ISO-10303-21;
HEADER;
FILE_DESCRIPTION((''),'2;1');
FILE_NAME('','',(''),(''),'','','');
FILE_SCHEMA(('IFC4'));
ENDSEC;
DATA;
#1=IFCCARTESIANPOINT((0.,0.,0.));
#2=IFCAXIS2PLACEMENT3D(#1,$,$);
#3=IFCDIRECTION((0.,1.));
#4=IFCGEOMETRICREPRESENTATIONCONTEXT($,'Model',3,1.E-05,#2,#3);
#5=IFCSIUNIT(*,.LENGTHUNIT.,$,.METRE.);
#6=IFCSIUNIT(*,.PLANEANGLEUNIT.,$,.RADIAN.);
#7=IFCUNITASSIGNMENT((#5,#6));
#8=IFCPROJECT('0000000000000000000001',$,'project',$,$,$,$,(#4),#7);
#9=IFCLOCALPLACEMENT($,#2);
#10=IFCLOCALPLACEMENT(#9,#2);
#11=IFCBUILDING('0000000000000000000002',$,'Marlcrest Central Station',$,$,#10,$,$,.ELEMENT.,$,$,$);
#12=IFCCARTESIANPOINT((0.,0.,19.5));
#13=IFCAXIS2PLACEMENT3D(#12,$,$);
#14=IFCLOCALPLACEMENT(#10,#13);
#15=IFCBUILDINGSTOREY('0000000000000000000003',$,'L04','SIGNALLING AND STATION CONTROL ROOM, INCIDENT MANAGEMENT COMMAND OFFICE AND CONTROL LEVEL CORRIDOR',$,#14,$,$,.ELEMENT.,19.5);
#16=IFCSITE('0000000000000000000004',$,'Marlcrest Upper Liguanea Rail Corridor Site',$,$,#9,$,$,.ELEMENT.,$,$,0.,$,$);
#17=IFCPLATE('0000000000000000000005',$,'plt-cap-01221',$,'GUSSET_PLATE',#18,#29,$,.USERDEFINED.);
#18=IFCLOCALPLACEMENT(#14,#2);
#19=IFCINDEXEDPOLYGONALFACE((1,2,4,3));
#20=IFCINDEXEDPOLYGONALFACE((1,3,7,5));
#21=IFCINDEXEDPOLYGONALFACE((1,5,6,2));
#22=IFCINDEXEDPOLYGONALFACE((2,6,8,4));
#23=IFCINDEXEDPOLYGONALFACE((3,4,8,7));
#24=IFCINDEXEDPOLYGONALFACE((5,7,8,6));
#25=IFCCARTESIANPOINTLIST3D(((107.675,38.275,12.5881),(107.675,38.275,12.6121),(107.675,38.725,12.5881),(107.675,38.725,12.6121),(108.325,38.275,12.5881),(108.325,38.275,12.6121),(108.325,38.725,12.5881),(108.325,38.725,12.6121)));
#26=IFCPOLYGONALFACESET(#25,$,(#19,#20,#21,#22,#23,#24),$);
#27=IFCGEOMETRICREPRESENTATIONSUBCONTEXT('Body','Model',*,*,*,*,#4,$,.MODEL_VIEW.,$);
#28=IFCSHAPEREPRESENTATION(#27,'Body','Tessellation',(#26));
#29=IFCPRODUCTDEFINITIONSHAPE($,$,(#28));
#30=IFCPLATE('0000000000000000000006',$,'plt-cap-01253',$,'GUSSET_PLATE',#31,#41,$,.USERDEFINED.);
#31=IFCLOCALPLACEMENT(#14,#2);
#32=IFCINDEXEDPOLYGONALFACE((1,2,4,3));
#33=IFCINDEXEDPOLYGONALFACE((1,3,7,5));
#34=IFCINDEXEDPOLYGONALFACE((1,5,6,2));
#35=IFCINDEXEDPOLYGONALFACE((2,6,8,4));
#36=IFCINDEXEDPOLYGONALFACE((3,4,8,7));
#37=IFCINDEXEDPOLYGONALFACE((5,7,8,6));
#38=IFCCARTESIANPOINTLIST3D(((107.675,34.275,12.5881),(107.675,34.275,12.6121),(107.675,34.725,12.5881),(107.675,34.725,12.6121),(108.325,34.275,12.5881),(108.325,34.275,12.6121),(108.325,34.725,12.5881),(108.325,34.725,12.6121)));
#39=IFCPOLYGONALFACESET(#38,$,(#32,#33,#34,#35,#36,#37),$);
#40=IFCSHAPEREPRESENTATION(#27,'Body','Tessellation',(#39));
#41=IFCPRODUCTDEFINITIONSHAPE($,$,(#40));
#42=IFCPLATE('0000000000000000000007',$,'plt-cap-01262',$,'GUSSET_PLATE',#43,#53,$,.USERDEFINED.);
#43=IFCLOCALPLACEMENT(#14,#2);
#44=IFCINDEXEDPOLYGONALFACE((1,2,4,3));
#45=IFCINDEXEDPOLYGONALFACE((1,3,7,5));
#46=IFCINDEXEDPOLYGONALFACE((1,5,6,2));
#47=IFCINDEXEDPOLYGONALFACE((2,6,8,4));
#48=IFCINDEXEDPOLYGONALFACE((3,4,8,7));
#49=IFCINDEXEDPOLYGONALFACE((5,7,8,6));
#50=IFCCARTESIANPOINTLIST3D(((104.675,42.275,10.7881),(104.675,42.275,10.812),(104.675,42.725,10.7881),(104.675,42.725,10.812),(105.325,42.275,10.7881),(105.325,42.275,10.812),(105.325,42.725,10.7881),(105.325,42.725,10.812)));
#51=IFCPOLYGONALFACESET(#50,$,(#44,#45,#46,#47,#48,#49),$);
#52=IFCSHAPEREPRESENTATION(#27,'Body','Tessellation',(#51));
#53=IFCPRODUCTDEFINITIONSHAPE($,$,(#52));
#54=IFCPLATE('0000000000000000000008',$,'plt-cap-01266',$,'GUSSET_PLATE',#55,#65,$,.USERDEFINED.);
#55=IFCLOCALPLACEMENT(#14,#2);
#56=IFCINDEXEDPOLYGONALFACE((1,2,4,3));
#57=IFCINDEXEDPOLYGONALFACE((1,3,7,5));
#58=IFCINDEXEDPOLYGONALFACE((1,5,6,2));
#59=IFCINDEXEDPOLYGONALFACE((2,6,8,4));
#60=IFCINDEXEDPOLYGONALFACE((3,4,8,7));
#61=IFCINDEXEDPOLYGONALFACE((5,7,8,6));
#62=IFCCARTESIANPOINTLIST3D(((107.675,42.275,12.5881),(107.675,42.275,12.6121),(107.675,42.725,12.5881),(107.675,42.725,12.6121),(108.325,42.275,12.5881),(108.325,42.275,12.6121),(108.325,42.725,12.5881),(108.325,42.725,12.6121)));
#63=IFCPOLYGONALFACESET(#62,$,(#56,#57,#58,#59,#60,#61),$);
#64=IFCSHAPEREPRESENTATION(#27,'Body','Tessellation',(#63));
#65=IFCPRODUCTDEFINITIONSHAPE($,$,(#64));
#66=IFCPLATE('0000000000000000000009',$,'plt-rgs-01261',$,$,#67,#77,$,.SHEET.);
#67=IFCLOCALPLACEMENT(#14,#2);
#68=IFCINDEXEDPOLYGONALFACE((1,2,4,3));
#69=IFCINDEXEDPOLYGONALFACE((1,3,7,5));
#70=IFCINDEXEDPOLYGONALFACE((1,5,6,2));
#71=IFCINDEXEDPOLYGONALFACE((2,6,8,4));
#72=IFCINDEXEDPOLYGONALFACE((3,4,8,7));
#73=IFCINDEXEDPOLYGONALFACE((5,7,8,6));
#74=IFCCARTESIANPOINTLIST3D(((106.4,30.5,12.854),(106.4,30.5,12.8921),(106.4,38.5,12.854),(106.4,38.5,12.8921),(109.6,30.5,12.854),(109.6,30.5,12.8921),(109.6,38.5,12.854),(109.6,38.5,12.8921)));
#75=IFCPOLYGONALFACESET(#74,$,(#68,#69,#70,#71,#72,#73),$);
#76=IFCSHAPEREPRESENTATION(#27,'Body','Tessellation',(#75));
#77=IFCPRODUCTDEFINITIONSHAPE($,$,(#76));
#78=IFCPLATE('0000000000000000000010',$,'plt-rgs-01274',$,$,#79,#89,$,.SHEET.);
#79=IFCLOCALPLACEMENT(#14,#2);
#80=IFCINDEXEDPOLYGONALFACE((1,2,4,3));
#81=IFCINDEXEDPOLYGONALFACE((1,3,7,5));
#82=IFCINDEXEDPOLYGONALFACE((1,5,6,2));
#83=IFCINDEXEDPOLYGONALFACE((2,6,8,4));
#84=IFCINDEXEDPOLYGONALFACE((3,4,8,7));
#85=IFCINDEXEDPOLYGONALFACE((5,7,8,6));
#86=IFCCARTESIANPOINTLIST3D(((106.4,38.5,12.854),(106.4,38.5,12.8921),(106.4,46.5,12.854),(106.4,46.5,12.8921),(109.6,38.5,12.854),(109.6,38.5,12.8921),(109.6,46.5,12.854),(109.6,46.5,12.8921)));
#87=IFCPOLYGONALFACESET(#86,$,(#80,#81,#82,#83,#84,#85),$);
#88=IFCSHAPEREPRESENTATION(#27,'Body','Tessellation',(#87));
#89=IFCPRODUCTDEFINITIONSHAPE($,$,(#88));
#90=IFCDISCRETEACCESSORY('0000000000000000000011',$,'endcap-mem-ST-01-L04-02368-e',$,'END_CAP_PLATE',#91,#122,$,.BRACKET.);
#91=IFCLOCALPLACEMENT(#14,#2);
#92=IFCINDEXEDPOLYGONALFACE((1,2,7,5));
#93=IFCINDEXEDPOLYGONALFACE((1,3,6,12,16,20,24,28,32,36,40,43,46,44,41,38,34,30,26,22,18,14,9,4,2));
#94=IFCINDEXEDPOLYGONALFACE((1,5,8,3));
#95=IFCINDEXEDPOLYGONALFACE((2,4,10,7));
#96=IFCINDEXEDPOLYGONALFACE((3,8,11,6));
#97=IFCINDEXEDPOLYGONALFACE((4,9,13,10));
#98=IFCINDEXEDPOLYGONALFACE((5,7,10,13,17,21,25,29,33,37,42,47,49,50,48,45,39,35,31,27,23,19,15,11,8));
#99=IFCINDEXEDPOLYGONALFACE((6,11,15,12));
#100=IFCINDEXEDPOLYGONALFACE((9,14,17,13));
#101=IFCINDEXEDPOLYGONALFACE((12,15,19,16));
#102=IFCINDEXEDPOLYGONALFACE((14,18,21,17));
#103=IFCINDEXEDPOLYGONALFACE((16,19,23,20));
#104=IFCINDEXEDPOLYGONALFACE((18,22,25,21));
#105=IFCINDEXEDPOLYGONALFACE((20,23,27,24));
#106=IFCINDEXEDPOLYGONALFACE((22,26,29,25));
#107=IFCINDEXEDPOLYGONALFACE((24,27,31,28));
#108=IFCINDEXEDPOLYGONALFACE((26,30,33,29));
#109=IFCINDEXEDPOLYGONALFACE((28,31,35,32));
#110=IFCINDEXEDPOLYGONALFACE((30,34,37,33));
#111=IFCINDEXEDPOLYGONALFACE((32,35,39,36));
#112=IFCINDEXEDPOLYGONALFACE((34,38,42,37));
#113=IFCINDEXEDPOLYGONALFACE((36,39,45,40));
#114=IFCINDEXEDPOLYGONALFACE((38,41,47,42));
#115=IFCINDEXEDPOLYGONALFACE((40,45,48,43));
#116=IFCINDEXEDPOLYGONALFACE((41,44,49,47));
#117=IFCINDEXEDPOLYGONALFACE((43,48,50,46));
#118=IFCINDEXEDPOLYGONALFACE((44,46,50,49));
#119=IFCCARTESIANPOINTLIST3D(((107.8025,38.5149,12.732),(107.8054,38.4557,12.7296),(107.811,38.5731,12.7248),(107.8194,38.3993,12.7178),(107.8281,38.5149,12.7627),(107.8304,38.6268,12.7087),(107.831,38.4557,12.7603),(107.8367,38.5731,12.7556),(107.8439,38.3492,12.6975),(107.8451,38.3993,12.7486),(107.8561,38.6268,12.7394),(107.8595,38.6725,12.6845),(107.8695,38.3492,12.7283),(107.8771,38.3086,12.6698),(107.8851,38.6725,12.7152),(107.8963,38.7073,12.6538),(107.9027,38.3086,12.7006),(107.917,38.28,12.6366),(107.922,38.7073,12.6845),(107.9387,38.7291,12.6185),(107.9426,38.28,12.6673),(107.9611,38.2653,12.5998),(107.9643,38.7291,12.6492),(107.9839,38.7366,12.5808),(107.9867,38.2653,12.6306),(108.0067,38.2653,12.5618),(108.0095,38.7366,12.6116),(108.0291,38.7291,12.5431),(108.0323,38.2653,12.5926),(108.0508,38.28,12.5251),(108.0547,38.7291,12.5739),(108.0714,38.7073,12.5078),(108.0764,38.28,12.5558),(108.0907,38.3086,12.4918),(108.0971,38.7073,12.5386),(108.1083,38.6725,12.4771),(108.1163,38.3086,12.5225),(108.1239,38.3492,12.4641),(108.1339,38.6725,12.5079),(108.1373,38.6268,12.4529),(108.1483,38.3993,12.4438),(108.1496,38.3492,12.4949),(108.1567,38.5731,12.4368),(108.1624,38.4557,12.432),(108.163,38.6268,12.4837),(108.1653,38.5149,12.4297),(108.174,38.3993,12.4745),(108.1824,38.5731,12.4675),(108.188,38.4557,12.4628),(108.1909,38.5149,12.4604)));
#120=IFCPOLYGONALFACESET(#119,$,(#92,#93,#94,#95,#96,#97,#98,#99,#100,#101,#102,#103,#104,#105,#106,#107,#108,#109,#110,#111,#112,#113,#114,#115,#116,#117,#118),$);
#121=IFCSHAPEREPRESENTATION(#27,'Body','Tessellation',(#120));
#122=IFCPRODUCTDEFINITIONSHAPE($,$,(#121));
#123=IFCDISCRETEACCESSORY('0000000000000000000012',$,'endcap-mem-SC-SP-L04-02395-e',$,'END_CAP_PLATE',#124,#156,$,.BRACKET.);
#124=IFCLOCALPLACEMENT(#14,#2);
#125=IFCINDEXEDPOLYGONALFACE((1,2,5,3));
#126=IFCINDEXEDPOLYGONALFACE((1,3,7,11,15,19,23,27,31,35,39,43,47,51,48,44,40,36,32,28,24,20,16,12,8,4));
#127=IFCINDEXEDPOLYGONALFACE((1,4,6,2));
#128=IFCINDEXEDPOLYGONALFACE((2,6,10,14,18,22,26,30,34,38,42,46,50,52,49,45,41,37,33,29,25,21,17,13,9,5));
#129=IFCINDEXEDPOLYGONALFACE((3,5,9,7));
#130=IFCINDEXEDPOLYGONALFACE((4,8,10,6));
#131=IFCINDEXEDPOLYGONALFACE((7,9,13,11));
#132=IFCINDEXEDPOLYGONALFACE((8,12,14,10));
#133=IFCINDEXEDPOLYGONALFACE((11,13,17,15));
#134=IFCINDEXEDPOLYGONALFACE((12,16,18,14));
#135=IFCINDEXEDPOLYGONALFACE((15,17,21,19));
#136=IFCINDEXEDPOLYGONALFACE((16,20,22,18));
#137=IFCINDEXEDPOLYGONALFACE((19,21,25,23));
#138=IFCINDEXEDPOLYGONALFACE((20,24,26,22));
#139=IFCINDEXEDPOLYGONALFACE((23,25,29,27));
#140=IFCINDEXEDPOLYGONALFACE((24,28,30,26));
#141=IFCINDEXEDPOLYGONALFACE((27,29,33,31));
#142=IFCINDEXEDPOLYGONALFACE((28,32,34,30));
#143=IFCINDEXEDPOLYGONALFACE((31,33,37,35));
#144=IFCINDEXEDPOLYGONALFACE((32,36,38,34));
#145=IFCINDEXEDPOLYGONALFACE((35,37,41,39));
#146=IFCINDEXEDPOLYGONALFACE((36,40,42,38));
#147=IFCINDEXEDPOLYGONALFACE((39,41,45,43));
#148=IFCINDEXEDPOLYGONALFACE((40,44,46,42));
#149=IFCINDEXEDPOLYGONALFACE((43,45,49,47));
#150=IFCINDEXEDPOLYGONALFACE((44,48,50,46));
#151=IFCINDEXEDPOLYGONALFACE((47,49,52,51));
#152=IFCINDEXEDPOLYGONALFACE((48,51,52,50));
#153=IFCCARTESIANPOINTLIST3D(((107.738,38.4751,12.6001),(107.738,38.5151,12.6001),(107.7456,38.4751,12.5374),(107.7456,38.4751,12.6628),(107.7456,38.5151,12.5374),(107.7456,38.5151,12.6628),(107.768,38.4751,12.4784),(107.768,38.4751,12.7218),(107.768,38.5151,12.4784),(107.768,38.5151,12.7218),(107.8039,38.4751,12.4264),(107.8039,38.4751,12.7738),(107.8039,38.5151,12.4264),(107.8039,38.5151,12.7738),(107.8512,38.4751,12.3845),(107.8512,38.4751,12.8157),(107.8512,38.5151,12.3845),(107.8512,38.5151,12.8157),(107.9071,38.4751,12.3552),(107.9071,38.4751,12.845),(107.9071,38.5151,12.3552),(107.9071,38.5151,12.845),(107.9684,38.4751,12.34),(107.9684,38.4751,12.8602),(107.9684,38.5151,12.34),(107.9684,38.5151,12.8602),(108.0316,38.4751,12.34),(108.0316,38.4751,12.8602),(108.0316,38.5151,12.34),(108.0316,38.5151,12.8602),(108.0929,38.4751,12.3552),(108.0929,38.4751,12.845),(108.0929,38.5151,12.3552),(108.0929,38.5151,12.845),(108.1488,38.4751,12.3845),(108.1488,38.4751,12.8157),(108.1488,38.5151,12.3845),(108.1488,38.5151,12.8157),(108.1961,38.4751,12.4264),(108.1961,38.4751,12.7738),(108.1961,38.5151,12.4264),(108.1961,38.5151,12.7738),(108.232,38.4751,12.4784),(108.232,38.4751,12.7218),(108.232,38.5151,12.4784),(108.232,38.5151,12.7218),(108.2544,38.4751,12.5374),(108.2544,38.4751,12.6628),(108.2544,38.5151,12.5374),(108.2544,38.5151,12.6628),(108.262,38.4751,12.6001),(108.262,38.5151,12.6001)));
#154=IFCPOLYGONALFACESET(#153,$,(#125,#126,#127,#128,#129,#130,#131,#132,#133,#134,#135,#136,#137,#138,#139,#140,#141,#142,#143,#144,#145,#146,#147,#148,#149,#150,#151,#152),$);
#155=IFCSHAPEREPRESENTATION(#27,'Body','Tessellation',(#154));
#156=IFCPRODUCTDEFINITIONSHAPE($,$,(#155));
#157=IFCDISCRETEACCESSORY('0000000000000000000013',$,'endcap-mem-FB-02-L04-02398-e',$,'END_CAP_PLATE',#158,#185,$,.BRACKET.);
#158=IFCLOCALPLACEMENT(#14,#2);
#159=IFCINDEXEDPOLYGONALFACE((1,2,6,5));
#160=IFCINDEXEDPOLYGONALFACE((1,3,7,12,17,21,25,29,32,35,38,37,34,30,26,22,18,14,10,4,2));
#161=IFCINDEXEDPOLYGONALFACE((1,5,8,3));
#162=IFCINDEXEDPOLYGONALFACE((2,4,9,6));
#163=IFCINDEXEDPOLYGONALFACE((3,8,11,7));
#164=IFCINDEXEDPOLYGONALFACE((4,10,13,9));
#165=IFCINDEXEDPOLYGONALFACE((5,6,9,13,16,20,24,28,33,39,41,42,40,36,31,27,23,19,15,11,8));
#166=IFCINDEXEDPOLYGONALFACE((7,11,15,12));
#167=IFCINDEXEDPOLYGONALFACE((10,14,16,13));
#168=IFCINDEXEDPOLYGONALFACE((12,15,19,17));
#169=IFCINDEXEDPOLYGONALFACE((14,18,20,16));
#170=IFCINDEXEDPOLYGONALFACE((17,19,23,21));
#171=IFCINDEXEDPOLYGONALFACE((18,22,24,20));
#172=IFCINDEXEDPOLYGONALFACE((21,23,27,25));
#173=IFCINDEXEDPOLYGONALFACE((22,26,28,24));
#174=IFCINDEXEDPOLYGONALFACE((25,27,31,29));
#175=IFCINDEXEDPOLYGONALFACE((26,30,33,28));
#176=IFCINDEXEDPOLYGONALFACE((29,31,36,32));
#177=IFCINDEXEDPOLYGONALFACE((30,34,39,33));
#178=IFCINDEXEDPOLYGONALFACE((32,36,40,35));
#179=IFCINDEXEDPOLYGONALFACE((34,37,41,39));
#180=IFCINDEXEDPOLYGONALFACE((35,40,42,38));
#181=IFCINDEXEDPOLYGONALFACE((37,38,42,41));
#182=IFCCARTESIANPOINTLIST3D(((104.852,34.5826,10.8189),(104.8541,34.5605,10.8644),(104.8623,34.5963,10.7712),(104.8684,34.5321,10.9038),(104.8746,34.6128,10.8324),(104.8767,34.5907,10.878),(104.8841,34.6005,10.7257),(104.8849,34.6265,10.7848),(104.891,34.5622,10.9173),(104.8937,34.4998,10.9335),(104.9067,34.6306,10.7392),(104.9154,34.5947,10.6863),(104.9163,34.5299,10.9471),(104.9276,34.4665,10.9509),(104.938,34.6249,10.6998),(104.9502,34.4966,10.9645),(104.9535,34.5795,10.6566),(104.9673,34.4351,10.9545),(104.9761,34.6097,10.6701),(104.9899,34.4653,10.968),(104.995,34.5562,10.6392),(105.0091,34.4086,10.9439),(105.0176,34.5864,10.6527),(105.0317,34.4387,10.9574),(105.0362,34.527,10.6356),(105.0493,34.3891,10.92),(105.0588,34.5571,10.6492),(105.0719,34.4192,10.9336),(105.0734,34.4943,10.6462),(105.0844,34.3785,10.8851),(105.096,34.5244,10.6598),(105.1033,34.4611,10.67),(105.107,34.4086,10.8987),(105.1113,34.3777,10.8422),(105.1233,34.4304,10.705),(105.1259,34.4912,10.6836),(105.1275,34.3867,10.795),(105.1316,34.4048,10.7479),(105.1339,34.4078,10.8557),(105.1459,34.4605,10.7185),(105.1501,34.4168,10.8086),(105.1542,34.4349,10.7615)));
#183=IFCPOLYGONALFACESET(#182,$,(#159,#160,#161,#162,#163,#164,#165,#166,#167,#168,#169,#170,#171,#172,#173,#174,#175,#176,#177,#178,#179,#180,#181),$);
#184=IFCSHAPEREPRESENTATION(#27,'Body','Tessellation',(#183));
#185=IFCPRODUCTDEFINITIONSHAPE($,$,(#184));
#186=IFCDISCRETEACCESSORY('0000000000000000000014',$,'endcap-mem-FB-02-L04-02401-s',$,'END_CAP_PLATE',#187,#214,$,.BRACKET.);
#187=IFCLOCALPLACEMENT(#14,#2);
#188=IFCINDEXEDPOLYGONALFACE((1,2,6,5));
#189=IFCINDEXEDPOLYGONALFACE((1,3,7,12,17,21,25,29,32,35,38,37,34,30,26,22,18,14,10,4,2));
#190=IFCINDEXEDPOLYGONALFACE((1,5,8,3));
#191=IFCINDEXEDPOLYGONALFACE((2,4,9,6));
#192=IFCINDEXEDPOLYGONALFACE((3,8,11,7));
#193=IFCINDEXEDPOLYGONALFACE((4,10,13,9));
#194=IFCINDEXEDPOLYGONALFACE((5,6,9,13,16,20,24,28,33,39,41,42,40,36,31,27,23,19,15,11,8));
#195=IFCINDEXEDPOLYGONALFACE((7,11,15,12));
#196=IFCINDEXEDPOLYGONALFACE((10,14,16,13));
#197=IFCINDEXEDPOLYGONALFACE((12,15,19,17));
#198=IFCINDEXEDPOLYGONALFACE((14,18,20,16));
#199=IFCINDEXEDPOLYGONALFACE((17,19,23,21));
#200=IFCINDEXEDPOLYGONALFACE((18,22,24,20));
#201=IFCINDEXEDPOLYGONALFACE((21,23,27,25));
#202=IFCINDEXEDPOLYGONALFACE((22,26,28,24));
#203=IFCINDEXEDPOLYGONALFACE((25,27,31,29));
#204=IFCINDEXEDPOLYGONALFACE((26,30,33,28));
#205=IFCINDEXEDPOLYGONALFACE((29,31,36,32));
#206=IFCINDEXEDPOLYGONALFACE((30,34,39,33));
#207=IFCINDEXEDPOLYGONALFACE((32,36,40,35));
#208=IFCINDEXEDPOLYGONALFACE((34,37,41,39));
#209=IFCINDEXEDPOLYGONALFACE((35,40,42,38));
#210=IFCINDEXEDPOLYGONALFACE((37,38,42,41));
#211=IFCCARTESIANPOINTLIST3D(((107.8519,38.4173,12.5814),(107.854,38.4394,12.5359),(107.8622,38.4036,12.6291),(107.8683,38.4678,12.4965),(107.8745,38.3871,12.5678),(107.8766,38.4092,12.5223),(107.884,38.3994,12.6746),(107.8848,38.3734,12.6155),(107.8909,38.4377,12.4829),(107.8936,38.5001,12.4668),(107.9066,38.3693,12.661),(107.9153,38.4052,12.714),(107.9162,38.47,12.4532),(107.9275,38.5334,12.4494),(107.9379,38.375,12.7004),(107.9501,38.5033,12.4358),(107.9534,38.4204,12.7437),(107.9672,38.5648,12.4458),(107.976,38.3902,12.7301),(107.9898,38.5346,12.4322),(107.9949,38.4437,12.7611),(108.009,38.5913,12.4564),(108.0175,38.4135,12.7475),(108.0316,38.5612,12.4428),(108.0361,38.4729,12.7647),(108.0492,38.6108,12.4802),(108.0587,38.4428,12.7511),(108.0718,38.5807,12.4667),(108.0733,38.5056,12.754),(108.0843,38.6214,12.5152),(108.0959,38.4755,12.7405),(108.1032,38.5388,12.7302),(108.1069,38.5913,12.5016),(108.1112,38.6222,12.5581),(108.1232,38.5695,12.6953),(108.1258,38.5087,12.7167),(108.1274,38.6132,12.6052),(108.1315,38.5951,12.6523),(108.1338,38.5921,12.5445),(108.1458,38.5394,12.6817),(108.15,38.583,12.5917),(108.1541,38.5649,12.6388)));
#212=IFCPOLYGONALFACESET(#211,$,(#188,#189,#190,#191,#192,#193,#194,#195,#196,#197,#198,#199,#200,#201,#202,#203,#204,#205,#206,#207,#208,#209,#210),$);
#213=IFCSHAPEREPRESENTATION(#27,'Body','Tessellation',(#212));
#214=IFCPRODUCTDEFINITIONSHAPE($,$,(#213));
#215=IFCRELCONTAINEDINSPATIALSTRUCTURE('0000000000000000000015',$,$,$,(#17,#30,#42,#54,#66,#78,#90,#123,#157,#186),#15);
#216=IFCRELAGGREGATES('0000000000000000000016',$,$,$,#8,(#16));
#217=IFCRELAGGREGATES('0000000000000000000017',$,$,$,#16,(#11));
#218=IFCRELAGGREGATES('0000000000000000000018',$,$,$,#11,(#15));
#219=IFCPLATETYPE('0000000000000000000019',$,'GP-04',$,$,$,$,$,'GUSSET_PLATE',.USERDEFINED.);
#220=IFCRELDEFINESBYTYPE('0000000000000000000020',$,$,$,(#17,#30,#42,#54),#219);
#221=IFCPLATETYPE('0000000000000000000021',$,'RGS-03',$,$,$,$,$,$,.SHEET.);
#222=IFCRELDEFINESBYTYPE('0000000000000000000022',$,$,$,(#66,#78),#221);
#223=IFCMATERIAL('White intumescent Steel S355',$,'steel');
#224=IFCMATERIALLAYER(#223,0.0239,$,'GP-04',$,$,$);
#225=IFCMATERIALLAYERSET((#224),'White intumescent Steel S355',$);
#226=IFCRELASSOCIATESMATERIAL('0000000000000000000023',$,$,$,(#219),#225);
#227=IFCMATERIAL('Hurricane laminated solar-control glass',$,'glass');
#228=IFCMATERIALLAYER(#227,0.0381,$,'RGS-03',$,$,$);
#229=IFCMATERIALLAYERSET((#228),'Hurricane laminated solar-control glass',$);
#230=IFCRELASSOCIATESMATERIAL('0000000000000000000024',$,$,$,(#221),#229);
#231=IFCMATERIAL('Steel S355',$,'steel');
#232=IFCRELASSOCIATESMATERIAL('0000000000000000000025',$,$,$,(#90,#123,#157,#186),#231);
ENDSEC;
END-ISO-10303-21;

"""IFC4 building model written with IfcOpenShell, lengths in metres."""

from ifc_helpers import new_model, si_unit, direction, frame, origin, origin_2d, place, context, subcontext, project, spatial, rectangle, circle, extrude, material, layer, layer_set, type_object, element, save


model = new_model("IFC4")

# Units and contexts
model_context = context("Model", 3, precision=1e-05, world=origin(), true_north=direction((0.0, 1.0)))
body_context = subcontext(model_context, "Body", "Model", "MODEL_VIEW")
ifc_project = project(units=[si_unit("LENGTHUNIT", "METRE"), si_unit("PLANEANGLEUNIT", "RADIAN")], contexts=[model_context])

# Site, building, storey
site_placement = place(None, origin())
site = spatial("IfcSite", under=ifc_project, at=site_placement, Name="Marlcrest Upper Liguanea Rail Corridor Site", CompositionType="ELEMENT", RefElevation=0.0)
building_placement = place(site_placement, origin())
building = spatial("IfcBuilding", under=site, at=building_placement, Name="Marlcrest Central Station", CompositionType="ELEMENT")
storey_placement = place(building_placement, frame((0.0, 0.0, 19.5)))
storey = spatial("IfcBuildingStorey", under=building, at=storey_placement, Name="L04", Description="SIGNALLING AND STATION CONTROL ROOM, INCIDENT MANAGEMENT COMMAND OFFICE AND CONTROL LEVEL CORRIDOR", CompositionType="ELEMENT", Elevation=19.5)

# Shared definitions
ifc_material_1 = material(Name="White intumescent Steel S355", Category="steel")

# Plates
ifc_layer_1 = layer(ifc_material_1, 0.0239, Name="GP-04")
ifc_layer_set_1 = layer_set([ifc_layer_1], Name="White intumescent Steel S355")
plate_type_1 = type_object("IfcPlateType", Name="GP-04", ElementType="GUSSET_PLATE", PredefinedType="USERDEFINED", material=ifc_layer_set_1)
for number, where, z_axis, x_axis, name in (
    (1, (108.0, 38.5, 12.5881), (0.0, 0.0, 1.0), (1.0, 0.0, 0.0), "plt-cap-01221"),
    (2, (108.0, 34.5, 12.5881), (0.0, 0.0, 1.0), (1.0, 0.0, 0.0), "plt-cap-01253"),
    (3, (105.0, 42.5, 10.7881), (0.0, 0.0, 1.0), (1.0, 0.0, 0.0), "plt-cap-01262"),
    (4, (108.0, 42.5, 12.5881), (0.0, 0.0, 1.0), (1.0, 0.0, 0.0), "plt-cap-01266"),
):
    element("IfcPlate", number, at=place(storey_placement, frame(where, z_axis=z_axis, x_axis=x_axis)), inside=storey, type_object=plate_type_1, Name=name, ObjectType="GUSSET_PLATE", PredefinedType="USERDEFINED", context=body_context, shape_type="SweptSolid", body=[
        extrude(rectangle(XDim=0.6499, YDim=0.45, at=origin_2d()), origin(), (0.0, 0.0, 1.0), 0.0239),
    ])
ifc_material_2 = material(Name="Hurricane laminated solar-control glass", Category="glass")
ifc_layer_2 = layer(ifc_material_2, 0.0381, Name="RGS-03")
ifc_layer_set_2 = layer_set([ifc_layer_2], Name="Hurricane laminated solar-control glass")
plate_type_2 = type_object("IfcPlateType", Name="RGS-03", PredefinedType="SHEET", material=ifc_layer_set_2)
for number, where, z_axis, x_axis, name in (
    (5, (108.0, 34.5, 12.854), (0.0, 0.0, 1.0), (1.0, 0.0, 0.0), "plt-rgs-01261"),
    (6, (108.0, 42.5, 12.854), (0.0, 0.0, 1.0), (1.0, 0.0, 0.0), "plt-rgs-01274"),
):
    element("IfcPlate", number, at=place(storey_placement, frame(where, z_axis=z_axis, x_axis=x_axis)), inside=storey, type_object=plate_type_2, Name=name, PredefinedType="SHEET", context=body_context, shape_type="SweptSolid", body=[
        extrude(rectangle(XDim=3.2, YDim=8.0, at=origin_2d()), origin(), (0.0, 0.0, 1.0), 0.0381),
    ])

# Discrete accessories
ifc_material_3 = material(Name="Steel S355", Category="steel")
discrete_accessory_1_placement = place(storey_placement, frame((107.9839, 38.5, 12.5808), z_axis=(0.640181, 0.0, 0.768224), x_axis=(0.0, 1.0, 0.0)))
element("IfcDiscreteAccessory", 7, at=discrete_accessory_1_placement, inside=storey, material=ifc_material_3, Name="endcap-mem-ST-01-L04-02368-e", ObjectType="END_CAP_PLATE", PredefinedType="BRACKET", context=body_context, shape_type="SweptSolid", body=[
    extrude(circle(Radius=0.2366, at=origin_2d()), origin(), (0.0, 0.0, 1.0), 0.04),
])
discrete_accessory_2_placement = place(storey_placement, frame((108.0, 38.4751, 12.6001), z_axis=(0.0, 1.0, 0.0), x_axis=(-1.0, 0.0, 0.0)))
element("IfcDiscreteAccessory", 8, at=discrete_accessory_2_placement, inside=storey, material=ifc_material_3, Name="endcap-mem-SC-SP-L04-02395-e", ObjectType="END_CAP_PLATE", PredefinedType="BRACKET", context=body_context, shape_type="SweptSolid", body=[
    extrude(circle(Radius=0.262, at=origin_2d()), origin(), (0.0, 0.0, 1.0), 0.04),
])
for number, where, z_axis, x_axis, name in (
    (9, (105.0142, 34.5188, 10.8086), (-0.564531, -0.752708, -0.338728), (0.8, -0.6, 0.0), "endcap-mem-FB-02-L04-02398-e"),
    (10, (107.9915, 38.5112, 12.6052), (0.564531, -0.752708, -0.338728), (0.8, 0.6, 0.0), "endcap-mem-FB-02-L04-02401-s"),
):
    element("IfcDiscreteAccessory", number, at=place(storey_placement, frame(where, z_axis=z_axis, x_axis=x_axis)), inside=storey, material=ifc_material_3, Name=name, ObjectType="END_CAP_PLATE", PredefinedType="BRACKET", context=body_context, shape_type="SweptSolid", body=[
        extrude(circle(Radius=0.1699, at=origin_2d()), origin(), (0.0, 0.0, 1.0), 0.04),
    ])

save(model, "model.ifc")
